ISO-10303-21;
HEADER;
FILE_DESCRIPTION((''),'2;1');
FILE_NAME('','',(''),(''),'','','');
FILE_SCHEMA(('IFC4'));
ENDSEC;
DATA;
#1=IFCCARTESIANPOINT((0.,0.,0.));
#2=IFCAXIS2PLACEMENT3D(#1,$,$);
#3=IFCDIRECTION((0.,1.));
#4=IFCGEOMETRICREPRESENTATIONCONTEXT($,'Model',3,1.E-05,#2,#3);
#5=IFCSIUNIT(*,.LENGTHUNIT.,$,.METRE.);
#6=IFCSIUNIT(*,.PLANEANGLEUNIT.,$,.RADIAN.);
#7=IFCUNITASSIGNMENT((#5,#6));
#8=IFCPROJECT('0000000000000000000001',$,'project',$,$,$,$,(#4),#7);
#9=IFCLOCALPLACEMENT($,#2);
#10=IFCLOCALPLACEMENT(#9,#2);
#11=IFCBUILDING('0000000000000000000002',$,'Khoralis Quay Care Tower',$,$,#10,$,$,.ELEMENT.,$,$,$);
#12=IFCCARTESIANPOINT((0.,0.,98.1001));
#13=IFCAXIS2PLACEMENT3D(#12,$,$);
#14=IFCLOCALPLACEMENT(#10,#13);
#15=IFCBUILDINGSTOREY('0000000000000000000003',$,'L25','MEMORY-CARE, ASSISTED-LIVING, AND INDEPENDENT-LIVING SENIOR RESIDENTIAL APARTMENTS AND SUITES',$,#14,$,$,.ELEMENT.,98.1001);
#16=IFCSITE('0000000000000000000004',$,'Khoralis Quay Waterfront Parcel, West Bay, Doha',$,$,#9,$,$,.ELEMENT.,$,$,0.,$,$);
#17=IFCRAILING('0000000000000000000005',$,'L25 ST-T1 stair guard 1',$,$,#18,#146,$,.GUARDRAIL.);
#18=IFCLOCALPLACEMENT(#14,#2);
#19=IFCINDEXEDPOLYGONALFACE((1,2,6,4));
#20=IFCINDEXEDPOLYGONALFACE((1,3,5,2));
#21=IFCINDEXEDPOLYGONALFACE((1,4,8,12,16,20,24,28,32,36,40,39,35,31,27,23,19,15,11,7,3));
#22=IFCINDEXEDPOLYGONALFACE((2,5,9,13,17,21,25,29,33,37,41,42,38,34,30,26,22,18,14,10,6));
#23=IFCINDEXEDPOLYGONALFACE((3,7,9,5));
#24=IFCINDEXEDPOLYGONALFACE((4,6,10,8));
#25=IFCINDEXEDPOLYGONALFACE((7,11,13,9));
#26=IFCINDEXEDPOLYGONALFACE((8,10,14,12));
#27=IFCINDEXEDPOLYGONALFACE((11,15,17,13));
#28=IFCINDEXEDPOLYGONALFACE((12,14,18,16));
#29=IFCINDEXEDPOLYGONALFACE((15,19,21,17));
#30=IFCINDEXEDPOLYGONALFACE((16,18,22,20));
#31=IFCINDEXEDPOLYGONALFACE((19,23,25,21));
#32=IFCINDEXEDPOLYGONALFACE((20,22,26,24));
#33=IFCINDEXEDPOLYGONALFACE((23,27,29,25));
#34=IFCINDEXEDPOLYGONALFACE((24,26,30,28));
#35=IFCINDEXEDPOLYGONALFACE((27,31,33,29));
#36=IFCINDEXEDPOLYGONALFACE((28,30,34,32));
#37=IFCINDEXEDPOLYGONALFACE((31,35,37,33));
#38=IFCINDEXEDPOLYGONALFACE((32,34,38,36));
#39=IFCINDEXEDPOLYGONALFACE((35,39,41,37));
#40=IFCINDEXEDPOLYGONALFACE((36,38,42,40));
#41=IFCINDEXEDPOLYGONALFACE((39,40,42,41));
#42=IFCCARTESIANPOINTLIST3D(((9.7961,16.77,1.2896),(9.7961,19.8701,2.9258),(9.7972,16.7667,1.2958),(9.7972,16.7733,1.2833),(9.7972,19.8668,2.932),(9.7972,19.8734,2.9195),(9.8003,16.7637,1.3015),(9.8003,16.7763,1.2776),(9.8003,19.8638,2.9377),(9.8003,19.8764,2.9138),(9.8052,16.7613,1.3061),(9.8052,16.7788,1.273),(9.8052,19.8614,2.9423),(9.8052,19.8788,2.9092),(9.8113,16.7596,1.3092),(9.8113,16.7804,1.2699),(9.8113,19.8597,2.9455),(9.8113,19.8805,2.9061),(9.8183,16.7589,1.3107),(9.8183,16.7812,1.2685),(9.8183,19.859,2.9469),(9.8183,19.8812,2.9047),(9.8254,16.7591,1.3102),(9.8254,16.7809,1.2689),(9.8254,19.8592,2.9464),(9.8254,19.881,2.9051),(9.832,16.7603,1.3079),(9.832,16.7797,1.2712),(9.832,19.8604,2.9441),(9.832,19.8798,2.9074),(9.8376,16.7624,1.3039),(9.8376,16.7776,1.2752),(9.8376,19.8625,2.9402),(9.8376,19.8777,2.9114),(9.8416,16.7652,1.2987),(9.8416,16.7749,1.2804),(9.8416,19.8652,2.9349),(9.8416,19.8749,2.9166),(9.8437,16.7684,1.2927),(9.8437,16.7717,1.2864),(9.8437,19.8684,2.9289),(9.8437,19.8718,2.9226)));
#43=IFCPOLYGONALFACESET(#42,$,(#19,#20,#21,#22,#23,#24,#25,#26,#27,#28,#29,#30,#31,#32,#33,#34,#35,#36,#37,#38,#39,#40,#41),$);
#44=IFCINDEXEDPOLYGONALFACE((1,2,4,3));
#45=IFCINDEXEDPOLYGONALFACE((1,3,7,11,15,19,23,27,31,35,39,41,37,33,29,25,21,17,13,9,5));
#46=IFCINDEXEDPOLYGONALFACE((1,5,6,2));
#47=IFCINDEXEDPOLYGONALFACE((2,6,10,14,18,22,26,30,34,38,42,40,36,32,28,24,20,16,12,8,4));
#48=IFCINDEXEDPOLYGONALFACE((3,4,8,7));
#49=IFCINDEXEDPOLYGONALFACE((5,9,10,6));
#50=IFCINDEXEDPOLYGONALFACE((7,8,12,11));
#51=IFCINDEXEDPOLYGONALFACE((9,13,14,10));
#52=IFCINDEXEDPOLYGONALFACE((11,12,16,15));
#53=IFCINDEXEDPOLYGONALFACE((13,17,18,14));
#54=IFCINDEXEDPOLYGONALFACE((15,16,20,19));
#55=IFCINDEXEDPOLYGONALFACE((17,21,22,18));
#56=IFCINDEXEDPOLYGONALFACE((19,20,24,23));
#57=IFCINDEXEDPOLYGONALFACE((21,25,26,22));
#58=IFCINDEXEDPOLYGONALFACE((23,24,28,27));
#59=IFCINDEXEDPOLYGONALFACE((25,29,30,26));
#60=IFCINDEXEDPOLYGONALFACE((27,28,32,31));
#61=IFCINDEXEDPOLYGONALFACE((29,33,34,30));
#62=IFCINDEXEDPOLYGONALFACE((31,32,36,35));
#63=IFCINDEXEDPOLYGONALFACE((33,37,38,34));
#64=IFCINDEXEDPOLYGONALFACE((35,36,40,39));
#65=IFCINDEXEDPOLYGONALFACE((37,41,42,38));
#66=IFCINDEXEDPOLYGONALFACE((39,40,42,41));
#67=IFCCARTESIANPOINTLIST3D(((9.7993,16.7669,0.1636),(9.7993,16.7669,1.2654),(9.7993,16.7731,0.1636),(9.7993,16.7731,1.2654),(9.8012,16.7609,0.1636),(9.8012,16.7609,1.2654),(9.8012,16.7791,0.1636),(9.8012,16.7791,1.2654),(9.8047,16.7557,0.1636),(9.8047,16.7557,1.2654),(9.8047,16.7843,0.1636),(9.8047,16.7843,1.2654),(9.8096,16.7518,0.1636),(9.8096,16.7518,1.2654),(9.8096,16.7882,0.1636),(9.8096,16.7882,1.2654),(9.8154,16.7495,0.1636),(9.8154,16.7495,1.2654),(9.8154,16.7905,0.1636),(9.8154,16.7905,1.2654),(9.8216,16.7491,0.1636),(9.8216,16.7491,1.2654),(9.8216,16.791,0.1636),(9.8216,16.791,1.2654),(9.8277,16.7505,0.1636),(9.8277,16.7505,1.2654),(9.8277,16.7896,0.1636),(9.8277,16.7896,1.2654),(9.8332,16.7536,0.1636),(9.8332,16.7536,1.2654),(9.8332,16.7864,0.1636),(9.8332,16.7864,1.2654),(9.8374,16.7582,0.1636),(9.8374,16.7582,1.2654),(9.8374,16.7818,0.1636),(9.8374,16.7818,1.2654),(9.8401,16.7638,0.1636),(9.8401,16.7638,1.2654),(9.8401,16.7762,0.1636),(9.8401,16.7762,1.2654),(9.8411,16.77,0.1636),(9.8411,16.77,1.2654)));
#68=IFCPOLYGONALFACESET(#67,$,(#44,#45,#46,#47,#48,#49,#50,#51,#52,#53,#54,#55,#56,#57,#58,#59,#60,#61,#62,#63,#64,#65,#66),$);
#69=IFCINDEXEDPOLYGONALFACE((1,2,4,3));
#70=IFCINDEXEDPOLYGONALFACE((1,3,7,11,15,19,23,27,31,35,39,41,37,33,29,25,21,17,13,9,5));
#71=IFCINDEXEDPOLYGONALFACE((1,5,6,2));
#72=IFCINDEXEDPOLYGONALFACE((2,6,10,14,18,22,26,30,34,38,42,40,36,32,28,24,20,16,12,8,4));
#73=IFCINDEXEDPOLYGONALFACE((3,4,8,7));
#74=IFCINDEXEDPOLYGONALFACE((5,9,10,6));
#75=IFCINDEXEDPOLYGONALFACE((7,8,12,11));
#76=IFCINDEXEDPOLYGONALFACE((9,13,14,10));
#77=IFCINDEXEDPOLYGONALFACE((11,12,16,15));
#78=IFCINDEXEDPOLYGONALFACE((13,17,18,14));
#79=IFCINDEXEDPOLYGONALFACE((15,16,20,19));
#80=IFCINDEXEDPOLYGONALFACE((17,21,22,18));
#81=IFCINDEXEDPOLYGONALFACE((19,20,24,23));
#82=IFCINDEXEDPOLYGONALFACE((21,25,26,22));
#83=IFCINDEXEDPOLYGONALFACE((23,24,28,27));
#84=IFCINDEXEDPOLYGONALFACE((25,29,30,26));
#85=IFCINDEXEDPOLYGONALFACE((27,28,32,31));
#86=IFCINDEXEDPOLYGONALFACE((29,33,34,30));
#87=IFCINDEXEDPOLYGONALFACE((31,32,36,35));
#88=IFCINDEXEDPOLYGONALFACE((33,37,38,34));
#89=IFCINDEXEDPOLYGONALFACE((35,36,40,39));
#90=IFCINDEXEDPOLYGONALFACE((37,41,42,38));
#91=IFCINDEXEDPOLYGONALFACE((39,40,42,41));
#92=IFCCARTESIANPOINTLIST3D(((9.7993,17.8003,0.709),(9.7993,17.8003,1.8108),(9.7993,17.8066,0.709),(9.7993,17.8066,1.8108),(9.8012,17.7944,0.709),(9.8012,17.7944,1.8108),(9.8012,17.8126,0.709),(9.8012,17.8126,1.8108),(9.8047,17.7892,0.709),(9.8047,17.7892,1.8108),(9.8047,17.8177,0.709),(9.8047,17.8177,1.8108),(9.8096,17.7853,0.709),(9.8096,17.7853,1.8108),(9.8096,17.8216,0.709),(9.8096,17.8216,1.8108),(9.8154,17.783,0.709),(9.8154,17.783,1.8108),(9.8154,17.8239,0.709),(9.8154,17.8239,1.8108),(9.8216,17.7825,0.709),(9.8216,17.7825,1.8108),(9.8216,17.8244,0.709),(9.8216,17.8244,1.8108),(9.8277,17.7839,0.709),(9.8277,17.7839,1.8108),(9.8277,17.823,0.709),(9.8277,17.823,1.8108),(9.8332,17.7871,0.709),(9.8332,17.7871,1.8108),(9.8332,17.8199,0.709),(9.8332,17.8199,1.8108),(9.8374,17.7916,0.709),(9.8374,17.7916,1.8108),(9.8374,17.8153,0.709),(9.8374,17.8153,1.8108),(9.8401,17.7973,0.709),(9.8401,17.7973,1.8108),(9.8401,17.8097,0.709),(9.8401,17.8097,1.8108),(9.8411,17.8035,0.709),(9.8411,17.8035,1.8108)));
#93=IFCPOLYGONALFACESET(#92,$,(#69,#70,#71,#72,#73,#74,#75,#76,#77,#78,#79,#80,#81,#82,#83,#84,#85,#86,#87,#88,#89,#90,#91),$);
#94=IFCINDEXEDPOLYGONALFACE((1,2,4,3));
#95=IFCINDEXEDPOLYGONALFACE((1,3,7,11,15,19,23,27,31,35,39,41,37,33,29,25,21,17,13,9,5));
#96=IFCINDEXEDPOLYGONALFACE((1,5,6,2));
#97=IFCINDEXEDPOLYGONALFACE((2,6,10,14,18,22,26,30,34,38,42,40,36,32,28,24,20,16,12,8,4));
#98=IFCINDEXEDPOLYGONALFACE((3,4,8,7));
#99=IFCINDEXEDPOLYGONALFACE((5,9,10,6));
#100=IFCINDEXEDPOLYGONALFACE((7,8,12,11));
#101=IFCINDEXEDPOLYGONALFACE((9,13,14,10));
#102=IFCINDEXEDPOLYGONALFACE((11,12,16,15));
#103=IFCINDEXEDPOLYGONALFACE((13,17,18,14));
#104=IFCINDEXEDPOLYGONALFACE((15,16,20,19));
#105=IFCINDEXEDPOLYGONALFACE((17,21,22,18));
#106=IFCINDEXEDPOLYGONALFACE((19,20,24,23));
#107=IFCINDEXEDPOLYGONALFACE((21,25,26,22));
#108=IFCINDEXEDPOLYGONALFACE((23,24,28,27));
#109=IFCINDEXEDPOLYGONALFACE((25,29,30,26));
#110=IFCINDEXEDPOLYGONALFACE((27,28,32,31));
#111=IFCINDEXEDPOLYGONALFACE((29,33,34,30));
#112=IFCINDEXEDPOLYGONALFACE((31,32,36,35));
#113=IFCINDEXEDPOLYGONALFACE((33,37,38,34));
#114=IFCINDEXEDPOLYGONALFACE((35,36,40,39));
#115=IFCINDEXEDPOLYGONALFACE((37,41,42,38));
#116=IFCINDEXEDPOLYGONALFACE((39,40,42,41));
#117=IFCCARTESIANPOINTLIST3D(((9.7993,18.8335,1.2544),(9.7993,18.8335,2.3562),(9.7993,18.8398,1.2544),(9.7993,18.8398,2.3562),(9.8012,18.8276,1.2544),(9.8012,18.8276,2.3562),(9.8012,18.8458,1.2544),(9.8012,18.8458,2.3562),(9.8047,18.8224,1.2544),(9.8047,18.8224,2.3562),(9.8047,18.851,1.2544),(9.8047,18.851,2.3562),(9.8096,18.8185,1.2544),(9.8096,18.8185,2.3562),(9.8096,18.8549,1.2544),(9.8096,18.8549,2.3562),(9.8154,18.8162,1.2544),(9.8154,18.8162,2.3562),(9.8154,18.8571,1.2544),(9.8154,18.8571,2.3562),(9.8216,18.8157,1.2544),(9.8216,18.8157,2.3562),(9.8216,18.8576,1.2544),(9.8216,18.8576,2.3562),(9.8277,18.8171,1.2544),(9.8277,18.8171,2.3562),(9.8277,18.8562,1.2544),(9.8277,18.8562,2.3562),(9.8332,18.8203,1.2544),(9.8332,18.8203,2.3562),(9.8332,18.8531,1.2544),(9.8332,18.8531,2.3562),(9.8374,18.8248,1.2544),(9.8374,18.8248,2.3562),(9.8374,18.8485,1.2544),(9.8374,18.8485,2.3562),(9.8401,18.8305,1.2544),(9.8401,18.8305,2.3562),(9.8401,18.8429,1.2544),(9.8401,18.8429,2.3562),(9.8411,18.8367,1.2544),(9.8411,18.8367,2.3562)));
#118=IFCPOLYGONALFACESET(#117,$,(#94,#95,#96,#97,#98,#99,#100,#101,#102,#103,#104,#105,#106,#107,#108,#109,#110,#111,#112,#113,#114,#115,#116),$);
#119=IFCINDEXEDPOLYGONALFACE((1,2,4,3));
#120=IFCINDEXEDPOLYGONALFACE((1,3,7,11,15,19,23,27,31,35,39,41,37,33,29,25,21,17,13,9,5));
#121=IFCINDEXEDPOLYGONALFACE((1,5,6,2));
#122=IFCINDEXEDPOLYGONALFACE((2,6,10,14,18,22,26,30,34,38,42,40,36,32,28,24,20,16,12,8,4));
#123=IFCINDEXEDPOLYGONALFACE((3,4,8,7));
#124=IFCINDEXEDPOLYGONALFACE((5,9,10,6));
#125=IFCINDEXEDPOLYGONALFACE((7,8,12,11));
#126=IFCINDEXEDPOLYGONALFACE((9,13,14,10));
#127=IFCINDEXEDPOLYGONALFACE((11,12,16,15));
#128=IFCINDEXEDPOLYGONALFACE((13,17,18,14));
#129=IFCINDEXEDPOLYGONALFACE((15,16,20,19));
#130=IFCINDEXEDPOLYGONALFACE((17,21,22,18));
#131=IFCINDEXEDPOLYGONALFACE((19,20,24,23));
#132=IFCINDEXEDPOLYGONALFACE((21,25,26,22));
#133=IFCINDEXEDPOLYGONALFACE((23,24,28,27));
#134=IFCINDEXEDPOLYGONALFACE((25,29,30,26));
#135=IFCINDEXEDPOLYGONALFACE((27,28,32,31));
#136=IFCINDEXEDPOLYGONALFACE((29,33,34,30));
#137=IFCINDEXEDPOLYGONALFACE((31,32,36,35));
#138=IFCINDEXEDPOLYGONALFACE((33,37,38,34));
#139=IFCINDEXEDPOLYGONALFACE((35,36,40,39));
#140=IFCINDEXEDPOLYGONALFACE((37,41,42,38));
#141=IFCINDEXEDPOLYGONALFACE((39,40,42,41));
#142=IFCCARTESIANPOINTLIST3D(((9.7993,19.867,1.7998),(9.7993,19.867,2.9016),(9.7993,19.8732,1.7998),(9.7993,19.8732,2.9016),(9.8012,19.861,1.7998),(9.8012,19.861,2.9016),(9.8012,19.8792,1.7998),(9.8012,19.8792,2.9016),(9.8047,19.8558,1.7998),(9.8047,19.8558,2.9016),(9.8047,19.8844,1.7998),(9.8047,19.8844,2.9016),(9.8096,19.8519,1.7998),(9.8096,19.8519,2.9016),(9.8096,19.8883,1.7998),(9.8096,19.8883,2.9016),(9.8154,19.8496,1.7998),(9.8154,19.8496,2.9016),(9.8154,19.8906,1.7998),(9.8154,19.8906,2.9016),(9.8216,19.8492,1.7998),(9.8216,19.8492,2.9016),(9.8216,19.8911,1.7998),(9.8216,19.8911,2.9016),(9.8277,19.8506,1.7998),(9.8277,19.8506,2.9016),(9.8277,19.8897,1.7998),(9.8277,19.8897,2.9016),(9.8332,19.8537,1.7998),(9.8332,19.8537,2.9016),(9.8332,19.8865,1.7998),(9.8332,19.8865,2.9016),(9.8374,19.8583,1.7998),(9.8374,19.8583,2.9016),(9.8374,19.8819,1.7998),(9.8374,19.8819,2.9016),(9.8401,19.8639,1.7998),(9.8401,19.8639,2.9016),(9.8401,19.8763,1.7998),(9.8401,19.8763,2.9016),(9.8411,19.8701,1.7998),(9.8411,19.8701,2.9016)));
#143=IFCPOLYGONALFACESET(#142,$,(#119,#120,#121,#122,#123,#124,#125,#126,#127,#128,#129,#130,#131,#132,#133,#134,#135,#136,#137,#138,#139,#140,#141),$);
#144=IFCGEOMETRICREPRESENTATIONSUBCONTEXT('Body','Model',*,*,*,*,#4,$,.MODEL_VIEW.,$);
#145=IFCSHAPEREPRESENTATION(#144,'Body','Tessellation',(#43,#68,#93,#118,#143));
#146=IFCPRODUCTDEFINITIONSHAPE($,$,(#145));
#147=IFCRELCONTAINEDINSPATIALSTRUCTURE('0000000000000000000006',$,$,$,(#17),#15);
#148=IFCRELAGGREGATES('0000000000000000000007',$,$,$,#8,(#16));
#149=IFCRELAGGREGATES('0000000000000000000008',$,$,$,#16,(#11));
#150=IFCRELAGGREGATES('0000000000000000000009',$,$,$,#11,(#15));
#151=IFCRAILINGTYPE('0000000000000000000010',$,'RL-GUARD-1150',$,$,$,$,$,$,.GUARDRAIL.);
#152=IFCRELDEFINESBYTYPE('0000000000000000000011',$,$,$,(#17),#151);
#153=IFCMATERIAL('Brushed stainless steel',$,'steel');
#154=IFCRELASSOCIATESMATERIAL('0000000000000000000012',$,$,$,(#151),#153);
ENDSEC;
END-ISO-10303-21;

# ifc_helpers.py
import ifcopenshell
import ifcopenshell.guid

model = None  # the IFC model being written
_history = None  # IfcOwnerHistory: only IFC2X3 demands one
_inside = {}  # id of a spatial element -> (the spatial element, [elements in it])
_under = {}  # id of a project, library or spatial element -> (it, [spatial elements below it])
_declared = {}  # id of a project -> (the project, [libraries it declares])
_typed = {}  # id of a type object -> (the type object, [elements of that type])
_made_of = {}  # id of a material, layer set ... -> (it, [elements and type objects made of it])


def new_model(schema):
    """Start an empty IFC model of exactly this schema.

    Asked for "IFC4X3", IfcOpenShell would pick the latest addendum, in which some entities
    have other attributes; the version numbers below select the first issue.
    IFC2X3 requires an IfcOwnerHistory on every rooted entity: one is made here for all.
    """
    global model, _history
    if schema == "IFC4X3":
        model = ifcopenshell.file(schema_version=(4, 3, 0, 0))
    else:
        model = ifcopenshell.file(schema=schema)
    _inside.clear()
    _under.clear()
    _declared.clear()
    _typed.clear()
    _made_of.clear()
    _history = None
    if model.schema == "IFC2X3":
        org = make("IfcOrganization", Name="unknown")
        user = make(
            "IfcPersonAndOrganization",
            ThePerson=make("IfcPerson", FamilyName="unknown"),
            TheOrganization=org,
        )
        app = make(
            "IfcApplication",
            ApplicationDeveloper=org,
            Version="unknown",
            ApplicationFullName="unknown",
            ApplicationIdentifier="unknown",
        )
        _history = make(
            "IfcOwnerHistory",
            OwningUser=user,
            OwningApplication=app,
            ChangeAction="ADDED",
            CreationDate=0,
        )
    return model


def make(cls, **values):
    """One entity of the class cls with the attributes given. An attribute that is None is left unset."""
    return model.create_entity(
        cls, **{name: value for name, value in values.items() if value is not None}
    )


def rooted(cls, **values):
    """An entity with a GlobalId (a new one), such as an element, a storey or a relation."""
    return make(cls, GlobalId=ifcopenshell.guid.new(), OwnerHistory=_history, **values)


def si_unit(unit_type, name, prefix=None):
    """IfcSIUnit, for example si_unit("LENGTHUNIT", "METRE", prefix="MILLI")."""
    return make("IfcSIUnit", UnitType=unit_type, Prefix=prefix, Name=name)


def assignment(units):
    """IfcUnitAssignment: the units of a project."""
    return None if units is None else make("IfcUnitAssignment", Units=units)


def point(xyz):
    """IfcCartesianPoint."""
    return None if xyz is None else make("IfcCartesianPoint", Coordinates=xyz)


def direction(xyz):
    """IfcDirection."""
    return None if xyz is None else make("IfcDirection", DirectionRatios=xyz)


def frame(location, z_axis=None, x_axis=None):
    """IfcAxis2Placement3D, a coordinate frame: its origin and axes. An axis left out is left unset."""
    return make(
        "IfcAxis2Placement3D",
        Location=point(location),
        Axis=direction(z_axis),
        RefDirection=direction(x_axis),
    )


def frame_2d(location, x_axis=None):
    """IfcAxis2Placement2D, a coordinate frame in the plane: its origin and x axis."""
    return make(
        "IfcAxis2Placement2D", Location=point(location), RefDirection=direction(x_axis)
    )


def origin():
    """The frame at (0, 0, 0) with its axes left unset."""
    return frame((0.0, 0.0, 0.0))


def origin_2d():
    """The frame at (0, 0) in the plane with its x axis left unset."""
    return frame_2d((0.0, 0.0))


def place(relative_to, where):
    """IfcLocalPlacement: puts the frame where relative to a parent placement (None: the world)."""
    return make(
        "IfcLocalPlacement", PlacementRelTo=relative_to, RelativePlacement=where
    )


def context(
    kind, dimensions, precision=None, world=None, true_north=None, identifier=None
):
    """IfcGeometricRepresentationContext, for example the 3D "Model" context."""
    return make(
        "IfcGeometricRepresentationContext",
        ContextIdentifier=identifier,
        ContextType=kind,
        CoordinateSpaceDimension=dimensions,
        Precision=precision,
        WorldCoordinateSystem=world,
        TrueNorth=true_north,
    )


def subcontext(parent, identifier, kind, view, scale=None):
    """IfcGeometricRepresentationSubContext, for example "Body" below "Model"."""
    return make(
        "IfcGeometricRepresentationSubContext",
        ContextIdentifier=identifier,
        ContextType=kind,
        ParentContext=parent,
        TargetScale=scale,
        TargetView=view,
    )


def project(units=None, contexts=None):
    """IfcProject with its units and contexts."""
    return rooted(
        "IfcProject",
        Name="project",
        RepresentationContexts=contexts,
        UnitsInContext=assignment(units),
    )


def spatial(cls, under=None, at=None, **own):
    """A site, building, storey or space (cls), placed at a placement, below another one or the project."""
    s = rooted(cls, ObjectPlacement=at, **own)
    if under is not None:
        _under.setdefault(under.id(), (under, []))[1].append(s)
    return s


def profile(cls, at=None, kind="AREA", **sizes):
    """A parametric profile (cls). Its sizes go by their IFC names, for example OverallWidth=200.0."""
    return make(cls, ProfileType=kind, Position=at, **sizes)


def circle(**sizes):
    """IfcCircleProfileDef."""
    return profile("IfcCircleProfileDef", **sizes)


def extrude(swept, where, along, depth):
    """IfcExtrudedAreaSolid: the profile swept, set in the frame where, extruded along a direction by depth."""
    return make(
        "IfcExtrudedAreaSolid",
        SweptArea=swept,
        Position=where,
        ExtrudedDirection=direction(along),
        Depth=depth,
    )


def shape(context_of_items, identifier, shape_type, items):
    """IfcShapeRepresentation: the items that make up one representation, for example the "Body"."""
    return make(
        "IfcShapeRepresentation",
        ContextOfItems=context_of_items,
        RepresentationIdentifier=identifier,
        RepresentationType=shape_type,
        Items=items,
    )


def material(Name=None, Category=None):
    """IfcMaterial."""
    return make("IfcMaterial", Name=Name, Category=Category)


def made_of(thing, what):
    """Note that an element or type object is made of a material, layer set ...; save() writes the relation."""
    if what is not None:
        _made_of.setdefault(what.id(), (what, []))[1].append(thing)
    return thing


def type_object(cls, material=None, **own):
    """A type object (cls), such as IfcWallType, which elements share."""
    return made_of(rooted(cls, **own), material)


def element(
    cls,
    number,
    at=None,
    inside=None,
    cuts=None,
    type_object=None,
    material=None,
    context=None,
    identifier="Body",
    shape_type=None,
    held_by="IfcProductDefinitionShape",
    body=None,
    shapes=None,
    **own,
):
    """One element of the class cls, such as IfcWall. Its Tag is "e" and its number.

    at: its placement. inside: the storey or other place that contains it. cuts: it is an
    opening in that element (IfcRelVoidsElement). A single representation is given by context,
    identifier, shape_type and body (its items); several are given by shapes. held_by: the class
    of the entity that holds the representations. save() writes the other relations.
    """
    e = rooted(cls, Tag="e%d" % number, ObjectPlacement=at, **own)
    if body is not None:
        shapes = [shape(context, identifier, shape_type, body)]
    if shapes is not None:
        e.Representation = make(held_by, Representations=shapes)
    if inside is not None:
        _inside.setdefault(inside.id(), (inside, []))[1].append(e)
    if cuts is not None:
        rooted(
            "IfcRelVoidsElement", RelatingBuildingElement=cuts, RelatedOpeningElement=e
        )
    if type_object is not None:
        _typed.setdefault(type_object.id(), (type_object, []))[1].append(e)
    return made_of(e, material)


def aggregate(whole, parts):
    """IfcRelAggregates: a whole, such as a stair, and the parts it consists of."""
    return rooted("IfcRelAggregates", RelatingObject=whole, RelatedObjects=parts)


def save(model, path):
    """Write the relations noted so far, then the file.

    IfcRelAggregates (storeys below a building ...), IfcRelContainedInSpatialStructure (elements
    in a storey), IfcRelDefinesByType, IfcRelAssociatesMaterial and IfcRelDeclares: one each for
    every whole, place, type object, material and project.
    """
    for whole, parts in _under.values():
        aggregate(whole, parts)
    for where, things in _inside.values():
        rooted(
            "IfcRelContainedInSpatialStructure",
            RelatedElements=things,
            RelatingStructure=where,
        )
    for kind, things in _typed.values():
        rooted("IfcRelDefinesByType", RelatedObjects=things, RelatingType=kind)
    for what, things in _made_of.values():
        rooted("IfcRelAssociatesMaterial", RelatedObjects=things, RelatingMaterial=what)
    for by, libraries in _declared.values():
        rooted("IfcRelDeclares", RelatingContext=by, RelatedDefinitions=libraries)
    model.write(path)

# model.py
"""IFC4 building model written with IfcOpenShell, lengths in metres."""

from ifc_helpers import new_model, si_unit, direction, frame, origin, origin_2d, place, context, subcontext, project, spatial, circle, extrude, material, type_object, element, save


model = new_model("IFC4")

# Units and contexts
model_context = context("Model", 3, precision=1e-05, world=origin(), true_north=direction((0.0, 1.0)))
body_context = subcontext(model_context, "Body", "Model", "MODEL_VIEW")
ifc_project = project(units=[si_unit("LENGTHUNIT", "METRE"), si_unit("PLANEANGLEUNIT", "RADIAN")], contexts=[model_context])

# Site, building, storey
site_placement = place(None, origin())
site = spatial("IfcSite", under=ifc_project, at=site_placement, Name="Khoralis Quay Waterfront Parcel, West Bay, Doha", CompositionType="ELEMENT", RefElevation=0.0)
building_placement = place(site_placement, origin())
building = spatial("IfcBuilding", under=site, at=building_placement, Name="Khoralis Quay Care Tower", CompositionType="ELEMENT")
storey_placement = place(building_placement, frame((0.0, 0.0, 98.1001)))
storey = spatial("IfcBuildingStorey", under=building, at=storey_placement, Name="L25", Description="MEMORY-CARE, ASSISTED-LIVING, AND INDEPENDENT-LIVING SENIOR RESIDENTIAL APARTMENTS AND SUITES", CompositionType="ELEMENT", Elevation=98.1001)

# Shared definitions
ifc_material_1 = material(Name="Brushed stainless steel", Category="steel")

# Railing
railing_type_1 = type_object("IfcRailingType", Name="RL-GUARD-1150", PredefinedType="GUARDRAIL", material=ifc_material_1)
railing_1_placement = place(storey_placement, frame((9.8201, 16.77, 0.1636)))
element("IfcRailing", 1, at=railing_1_placement, inside=storey, type_object=railing_type_1, Name="L25 ST-T1 stair guard 1", PredefinedType="GUARDRAIL", context=body_context, shape_type="SweptSolid", body=[
    extrude(circle(Radius=0.0239, at=origin_2d()), frame((0.0, 0.0, 1.126), z_axis=(0.0, 0.884377, 0.466774), x_axis=(-1.0, 0.0, 0.0)), (0.0, 0.0, 1.0), 3.5054),
    extrude(circle(Radius=0.021, at=origin_2d()), origin(), (0.0, 0.0, 1.0), 1.1018),
    extrude(circle(Radius=0.021, at=origin_2d()), frame((0.0, 1.0334, 0.5454)), (0.0, 0.0, 1.0), 1.1018),
    extrude(circle(Radius=0.021, at=origin_2d()), frame((0.0, 2.0667, 1.0908)), (0.0, 0.0, 1.0), 1.1018),
    extrude(circle(Radius=0.021, at=origin_2d()), frame((0.0, 3.1001, 1.6362)), (0.0, 0.0, 1.0), 1.1018),
])

save(model, "model.ifc")
